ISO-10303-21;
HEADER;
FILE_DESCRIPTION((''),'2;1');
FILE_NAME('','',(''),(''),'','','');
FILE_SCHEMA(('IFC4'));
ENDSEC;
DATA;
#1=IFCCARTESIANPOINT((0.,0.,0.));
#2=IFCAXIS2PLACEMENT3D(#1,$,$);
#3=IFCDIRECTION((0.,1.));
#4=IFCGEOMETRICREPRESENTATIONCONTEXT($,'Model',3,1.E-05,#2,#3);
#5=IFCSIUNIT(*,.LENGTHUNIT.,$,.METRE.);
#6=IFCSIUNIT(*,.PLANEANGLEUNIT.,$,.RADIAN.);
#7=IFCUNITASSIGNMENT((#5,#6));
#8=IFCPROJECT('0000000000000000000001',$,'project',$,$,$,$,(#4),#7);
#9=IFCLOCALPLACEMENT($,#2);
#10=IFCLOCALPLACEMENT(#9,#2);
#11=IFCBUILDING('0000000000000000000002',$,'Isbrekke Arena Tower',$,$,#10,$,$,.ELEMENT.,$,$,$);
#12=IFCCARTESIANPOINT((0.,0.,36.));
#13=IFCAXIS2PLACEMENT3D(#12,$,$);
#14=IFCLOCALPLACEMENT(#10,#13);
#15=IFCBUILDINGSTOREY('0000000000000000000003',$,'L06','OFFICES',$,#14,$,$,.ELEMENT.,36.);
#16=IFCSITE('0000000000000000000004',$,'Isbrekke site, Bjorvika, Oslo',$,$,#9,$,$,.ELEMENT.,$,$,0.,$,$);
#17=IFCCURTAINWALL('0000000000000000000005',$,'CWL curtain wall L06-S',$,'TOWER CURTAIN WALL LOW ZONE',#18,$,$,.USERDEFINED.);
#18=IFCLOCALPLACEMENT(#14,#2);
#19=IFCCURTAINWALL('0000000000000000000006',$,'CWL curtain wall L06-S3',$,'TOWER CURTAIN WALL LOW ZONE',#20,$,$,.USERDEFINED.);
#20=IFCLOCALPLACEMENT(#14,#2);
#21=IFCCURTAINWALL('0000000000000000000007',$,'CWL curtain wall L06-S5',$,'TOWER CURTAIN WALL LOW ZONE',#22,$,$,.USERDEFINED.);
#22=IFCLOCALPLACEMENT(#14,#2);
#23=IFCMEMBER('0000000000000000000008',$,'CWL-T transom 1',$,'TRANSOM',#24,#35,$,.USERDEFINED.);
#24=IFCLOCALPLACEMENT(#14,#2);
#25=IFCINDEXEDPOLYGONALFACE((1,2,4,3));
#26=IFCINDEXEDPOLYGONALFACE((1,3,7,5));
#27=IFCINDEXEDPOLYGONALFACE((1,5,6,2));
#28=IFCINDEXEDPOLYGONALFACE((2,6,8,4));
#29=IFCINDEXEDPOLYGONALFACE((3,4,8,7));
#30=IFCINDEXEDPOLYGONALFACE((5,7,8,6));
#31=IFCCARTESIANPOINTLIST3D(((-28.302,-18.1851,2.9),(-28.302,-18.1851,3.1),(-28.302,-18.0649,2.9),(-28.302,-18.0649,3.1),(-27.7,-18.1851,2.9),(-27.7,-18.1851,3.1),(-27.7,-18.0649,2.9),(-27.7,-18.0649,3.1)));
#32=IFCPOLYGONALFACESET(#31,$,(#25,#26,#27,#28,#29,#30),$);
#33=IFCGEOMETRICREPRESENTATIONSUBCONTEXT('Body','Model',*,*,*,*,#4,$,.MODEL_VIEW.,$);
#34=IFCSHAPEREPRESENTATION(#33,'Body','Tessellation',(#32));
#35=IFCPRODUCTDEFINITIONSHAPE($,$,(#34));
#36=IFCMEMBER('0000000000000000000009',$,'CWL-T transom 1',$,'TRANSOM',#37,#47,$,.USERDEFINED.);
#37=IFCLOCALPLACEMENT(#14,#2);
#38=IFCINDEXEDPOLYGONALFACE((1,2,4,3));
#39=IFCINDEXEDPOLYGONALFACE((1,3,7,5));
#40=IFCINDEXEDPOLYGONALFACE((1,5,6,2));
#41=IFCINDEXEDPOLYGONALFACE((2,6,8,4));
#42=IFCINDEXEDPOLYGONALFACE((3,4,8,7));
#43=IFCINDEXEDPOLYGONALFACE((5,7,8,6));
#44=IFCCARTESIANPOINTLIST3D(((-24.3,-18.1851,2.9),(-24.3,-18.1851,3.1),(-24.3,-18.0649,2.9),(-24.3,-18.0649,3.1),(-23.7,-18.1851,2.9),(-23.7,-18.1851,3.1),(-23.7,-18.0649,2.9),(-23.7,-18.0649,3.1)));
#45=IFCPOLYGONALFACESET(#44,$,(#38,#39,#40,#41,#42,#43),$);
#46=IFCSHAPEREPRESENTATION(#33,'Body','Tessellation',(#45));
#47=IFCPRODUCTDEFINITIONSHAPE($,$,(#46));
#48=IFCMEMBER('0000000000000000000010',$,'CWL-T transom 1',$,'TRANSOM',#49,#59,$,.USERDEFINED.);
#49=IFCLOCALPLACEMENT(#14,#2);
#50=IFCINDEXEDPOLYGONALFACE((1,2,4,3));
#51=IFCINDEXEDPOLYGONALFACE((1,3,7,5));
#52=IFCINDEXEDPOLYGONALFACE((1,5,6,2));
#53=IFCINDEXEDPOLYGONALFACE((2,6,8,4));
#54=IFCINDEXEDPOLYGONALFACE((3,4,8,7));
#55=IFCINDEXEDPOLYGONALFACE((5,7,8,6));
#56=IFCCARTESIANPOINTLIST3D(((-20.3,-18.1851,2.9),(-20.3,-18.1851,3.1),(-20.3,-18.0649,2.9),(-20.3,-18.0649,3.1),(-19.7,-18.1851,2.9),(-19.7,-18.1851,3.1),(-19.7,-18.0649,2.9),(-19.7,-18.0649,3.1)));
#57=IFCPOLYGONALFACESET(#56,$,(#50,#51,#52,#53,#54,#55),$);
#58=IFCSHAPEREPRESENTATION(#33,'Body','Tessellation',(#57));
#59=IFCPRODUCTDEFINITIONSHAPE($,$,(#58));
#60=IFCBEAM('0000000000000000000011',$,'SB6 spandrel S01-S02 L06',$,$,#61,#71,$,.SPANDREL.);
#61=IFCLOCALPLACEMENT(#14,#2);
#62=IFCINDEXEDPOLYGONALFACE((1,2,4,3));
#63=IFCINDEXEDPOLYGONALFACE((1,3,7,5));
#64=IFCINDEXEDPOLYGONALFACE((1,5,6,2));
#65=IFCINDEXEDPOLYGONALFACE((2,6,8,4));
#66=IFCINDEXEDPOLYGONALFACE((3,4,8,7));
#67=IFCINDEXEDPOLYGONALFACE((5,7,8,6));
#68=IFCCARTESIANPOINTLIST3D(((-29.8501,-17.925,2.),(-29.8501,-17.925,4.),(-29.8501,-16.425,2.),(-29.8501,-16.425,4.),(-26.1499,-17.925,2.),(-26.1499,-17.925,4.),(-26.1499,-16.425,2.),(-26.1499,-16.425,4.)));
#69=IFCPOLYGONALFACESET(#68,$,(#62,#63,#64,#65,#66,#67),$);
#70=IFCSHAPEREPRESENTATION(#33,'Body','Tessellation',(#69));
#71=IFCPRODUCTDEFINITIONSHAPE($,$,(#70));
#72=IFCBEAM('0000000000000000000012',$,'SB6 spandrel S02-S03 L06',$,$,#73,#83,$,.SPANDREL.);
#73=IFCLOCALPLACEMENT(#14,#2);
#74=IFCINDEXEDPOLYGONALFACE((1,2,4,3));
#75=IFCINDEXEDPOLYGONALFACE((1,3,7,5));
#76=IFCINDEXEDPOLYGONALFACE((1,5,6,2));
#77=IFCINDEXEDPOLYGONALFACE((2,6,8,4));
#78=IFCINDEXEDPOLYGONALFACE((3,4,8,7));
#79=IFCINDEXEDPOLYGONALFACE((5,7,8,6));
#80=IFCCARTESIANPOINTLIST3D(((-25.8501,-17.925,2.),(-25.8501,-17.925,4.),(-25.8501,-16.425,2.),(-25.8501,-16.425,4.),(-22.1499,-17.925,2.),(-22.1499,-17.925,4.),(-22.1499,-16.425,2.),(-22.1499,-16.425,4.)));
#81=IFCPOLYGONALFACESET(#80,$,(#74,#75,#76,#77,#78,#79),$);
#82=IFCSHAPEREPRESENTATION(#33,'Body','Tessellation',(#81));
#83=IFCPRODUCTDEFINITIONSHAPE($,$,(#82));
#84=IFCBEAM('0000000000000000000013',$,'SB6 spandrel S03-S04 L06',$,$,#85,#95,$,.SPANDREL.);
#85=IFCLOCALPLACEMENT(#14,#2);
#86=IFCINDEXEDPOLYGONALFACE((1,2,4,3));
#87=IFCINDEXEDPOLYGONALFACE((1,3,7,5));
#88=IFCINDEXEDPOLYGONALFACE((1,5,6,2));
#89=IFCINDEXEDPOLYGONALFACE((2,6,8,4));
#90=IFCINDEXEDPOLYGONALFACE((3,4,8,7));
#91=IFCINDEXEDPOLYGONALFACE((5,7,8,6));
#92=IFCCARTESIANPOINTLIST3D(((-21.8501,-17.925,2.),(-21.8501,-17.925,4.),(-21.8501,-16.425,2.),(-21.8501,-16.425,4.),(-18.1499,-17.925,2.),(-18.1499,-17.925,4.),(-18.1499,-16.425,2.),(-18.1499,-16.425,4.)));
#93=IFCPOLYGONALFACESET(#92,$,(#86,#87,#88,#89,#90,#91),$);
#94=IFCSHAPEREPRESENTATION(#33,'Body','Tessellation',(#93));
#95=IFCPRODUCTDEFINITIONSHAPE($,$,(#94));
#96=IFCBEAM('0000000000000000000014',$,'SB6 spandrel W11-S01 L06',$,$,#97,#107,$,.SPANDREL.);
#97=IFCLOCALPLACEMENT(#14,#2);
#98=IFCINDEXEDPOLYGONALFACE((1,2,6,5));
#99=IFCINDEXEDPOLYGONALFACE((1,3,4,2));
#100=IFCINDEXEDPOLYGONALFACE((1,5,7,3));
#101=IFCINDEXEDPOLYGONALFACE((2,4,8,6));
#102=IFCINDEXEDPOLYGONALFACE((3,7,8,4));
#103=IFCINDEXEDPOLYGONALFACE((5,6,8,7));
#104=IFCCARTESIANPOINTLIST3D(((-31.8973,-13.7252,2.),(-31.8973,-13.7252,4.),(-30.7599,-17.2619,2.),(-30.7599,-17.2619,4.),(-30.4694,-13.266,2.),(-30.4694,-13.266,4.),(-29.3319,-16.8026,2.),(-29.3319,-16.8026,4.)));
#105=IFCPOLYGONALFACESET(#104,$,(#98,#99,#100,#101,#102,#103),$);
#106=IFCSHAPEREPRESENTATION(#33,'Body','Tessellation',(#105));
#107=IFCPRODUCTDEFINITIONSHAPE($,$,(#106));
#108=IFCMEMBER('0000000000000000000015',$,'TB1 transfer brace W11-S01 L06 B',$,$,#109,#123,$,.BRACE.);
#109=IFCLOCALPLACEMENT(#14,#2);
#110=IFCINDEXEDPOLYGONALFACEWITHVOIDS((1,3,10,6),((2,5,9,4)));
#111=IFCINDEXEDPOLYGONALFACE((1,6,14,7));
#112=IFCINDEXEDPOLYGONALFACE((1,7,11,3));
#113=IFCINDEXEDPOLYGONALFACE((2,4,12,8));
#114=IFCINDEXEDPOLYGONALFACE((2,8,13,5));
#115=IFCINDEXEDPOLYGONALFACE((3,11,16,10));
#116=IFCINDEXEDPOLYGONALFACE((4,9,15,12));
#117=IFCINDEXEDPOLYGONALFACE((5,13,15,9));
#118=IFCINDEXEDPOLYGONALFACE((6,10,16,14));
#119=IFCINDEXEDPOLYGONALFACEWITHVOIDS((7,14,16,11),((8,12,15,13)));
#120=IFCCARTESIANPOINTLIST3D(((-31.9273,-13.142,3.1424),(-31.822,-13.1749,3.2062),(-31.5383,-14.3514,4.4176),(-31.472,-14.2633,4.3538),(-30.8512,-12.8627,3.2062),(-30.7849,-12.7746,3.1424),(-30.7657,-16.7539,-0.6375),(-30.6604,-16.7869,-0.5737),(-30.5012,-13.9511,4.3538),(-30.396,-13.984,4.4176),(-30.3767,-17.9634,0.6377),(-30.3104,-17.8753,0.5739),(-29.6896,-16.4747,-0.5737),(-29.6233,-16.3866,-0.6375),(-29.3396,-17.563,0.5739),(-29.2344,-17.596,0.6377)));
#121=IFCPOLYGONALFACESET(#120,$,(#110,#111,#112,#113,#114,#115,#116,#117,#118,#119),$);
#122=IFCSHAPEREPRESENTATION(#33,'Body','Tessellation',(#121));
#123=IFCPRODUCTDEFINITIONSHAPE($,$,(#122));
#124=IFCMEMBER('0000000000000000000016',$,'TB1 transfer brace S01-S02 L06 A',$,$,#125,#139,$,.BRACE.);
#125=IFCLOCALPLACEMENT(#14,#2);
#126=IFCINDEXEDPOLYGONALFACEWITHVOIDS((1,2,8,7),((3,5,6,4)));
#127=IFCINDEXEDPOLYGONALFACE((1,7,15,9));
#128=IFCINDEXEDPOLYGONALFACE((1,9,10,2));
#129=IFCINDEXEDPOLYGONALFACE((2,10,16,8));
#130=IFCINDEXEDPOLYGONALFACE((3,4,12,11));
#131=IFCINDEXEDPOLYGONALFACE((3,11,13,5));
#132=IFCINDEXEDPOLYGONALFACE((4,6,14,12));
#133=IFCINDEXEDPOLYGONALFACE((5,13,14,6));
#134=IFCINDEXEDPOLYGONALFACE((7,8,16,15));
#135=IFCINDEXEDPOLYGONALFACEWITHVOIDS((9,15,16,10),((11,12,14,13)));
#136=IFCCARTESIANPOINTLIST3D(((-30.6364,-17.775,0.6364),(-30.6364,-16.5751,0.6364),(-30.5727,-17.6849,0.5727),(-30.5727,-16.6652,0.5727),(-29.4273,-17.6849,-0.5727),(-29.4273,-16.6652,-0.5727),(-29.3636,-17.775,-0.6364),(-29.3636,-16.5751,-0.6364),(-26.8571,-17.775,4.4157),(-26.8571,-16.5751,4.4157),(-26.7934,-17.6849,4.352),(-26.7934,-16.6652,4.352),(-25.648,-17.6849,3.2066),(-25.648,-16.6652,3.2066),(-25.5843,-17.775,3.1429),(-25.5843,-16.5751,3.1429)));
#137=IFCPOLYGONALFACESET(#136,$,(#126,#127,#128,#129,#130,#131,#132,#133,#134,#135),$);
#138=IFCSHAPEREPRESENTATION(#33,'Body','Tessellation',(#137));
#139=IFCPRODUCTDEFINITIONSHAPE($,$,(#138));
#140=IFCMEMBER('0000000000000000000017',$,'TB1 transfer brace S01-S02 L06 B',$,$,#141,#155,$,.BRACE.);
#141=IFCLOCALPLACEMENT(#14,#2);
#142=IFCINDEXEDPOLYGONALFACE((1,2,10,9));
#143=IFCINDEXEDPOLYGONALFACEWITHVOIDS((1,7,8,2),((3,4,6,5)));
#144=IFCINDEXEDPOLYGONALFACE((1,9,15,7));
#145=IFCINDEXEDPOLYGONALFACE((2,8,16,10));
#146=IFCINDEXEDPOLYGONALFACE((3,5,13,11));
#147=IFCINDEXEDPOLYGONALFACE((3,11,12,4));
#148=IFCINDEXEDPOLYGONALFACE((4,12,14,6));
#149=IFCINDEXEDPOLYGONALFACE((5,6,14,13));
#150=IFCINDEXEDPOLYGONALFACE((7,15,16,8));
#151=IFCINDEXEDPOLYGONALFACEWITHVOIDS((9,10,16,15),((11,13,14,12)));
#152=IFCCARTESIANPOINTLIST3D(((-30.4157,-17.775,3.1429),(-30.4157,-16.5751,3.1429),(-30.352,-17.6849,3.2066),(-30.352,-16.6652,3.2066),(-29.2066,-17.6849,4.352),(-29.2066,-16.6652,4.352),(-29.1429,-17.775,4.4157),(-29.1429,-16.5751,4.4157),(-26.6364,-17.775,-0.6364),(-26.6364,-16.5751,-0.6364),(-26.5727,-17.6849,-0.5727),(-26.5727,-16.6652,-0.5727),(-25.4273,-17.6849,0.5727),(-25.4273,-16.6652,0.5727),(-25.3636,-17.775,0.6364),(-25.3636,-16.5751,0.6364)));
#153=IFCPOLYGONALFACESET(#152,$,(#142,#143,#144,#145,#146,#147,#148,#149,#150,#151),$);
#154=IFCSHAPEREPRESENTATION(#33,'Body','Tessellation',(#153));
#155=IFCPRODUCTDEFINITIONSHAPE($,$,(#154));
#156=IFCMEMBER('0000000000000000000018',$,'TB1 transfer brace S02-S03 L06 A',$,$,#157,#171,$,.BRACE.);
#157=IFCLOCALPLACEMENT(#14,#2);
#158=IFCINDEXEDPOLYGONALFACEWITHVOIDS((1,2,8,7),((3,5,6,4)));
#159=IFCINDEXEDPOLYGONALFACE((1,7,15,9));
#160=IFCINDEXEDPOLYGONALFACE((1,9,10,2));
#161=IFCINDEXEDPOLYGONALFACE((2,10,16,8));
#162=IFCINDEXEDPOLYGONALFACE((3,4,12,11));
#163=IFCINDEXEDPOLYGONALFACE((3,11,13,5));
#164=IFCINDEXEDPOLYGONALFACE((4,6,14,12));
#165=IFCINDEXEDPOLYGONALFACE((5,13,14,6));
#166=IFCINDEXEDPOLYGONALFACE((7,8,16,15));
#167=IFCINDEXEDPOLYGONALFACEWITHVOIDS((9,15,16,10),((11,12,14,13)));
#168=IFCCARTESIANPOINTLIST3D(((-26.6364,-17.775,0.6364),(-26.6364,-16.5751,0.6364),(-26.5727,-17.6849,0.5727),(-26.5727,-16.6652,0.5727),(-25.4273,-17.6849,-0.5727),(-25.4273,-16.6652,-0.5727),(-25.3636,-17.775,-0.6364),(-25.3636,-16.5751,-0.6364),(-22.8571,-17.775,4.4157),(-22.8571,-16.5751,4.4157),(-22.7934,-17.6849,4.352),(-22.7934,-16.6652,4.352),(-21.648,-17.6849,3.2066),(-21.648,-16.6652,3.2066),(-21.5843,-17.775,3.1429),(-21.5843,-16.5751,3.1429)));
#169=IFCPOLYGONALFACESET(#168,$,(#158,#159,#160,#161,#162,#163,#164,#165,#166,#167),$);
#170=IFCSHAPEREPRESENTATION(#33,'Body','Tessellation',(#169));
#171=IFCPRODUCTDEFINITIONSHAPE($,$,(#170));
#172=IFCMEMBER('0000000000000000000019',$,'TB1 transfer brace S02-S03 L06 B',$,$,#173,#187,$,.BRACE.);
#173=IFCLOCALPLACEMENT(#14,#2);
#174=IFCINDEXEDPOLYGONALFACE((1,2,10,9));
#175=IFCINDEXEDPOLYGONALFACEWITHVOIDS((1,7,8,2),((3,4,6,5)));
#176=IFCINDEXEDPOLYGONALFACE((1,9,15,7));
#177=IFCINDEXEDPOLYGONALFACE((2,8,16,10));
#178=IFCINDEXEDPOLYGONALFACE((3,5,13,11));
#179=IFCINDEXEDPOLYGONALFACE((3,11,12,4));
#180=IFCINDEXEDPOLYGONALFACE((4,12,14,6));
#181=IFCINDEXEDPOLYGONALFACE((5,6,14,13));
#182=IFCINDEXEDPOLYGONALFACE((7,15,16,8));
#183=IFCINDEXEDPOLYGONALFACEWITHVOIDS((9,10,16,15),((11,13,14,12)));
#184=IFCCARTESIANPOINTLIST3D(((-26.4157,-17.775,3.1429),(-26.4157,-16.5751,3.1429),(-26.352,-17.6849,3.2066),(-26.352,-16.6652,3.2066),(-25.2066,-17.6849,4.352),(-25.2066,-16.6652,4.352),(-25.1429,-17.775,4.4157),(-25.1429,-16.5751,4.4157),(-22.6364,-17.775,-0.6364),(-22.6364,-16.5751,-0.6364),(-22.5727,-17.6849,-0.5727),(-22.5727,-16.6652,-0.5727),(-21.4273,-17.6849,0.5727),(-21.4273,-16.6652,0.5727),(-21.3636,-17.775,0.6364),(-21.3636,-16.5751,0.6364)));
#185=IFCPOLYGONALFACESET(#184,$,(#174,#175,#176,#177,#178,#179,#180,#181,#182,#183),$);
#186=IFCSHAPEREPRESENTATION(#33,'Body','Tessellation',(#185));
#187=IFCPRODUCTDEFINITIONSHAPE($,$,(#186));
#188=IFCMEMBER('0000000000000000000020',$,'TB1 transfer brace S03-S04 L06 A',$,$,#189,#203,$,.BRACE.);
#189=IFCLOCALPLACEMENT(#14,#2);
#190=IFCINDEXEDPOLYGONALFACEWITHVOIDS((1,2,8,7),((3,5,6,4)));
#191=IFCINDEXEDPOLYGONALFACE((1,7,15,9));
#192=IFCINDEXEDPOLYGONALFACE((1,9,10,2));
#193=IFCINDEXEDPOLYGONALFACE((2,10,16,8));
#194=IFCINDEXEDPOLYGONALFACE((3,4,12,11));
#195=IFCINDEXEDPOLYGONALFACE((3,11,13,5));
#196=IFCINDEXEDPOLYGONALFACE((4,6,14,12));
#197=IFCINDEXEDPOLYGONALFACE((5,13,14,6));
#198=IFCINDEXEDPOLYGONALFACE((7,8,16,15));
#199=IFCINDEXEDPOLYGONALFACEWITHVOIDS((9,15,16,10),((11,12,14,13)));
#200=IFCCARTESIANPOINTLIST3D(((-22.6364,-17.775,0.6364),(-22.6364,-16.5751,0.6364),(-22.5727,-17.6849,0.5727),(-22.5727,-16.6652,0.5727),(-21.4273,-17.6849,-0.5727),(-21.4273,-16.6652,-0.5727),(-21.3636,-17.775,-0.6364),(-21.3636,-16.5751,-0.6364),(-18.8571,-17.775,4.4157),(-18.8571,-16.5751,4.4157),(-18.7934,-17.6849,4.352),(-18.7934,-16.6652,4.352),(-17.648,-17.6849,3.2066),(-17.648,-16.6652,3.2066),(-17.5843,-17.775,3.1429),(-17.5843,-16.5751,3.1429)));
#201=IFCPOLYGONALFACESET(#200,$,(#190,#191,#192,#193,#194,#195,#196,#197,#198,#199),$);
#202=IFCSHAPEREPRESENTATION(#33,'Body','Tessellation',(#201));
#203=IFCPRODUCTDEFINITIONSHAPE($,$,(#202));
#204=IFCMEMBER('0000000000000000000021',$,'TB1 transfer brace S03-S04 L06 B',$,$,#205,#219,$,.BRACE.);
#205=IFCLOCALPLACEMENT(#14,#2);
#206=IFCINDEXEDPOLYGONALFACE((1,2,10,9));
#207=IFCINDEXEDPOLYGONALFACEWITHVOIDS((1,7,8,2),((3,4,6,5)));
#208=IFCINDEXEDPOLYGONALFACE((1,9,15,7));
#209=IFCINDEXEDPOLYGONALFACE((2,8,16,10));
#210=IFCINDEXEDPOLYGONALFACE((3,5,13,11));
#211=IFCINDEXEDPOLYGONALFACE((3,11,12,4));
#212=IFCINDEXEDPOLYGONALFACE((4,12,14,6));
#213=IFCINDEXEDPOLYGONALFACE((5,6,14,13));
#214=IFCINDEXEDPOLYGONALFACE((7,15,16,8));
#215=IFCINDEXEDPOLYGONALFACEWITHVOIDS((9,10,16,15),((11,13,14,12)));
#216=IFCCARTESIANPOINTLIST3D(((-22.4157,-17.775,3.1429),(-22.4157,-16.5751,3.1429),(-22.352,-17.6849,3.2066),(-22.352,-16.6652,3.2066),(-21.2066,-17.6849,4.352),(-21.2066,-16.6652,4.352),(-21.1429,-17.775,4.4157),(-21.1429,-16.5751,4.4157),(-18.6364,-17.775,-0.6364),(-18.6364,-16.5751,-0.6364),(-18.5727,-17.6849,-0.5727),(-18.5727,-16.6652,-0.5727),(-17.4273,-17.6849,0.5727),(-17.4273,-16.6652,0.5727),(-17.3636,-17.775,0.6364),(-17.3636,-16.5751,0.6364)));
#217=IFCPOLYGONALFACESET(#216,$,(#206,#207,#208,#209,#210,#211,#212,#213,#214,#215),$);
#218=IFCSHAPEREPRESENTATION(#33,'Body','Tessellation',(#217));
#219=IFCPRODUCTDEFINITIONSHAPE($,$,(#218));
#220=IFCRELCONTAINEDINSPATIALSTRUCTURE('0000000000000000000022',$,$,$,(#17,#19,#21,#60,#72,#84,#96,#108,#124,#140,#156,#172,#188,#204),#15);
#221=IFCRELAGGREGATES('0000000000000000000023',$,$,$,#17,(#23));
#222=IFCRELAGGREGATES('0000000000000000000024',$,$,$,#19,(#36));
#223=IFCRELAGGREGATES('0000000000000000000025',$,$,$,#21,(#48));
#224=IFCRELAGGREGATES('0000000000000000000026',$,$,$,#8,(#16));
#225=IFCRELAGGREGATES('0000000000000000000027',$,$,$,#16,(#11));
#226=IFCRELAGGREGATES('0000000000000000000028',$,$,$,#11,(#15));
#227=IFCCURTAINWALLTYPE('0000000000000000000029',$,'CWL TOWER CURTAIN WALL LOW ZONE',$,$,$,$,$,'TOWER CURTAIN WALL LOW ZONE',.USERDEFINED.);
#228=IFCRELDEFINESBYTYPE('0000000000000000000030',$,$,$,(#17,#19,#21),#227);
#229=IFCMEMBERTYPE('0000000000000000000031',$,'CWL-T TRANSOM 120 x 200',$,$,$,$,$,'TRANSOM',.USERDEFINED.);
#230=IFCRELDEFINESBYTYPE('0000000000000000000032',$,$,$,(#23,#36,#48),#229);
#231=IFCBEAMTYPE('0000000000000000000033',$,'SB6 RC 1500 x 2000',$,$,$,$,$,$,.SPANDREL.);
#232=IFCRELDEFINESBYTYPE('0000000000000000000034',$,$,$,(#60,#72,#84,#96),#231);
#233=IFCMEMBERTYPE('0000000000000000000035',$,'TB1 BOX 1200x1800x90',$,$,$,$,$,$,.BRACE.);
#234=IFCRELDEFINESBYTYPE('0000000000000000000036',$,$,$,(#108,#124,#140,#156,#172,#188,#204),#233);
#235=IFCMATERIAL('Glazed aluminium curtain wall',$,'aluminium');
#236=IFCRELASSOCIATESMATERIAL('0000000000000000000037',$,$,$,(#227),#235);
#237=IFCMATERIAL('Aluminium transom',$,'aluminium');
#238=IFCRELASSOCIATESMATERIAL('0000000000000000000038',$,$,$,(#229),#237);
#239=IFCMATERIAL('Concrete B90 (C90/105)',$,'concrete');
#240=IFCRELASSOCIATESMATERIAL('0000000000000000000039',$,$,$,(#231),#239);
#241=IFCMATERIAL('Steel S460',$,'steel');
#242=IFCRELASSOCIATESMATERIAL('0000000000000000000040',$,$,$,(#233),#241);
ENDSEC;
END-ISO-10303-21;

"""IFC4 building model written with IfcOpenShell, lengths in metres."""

from ifc_helpers import new_model, si_unit, direction, frame, origin, origin_2d, place, context, subcontext, project, spatial, rectangle, hollow_rectangle, extrude, material, material_profile, profile_set, type_object, element, aggregate, save


model = new_model("IFC4")

# Units and contexts
model_context = context("Model", 3, precision=1e-05, world=origin(), true_north=direction((0.0, 1.0)))
body_context = subcontext(model_context, "Body", "Model", "MODEL_VIEW")
ifc_project = project(units=[si_unit("LENGTHUNIT", "METRE"), si_unit("PLANEANGLEUNIT", "RADIAN")], contexts=[model_context])

# Site, building, storey
site_placement = place(None, origin())
site = spatial("IfcSite", under=ifc_project, at=site_placement, Name="Isbrekke site, Bjorvika, Oslo", CompositionType="ELEMENT", RefElevation=0.0)
building_placement = place(site_placement, origin())
building = spatial("IfcBuilding", under=site, at=building_placement, Name="Isbrekke Arena Tower", CompositionType="ELEMENT")
storey_placement = place(building_placement, frame((0.0, 0.0, 36.0)))
storey = spatial("IfcBuildingStorey", under=building, at=storey_placement, Name="L06", Description="OFFICES", CompositionType="ELEMENT", Elevation=36.0)

# Curtain walls
ifc_material_1 = material(Name="Glazed aluminium curtain wall", Category="aluminium")
curtain_wall_type = type_object("IfcCurtainWallType", Name="CWL TOWER CURTAIN WALL LOW ZONE", ElementType="TOWER CURTAIN WALL LOW ZONE", PredefinedType="USERDEFINED", material=ifc_material_1)
curtain_wall_1_placement = place(storey_placement, origin())
curtain_wall_1 = element("IfcCurtainWall", 1, at=curtain_wall_1_placement, inside=storey, type_object=curtain_wall_type, Name="CWL curtain wall L06-S", ObjectType="TOWER CURTAIN WALL LOW ZONE", PredefinedType="USERDEFINED")
curtain_wall_2_placement = place(storey_placement, origin())
curtain_wall_2 = element("IfcCurtainWall", 2, at=curtain_wall_2_placement, inside=storey, type_object=curtain_wall_type, Name="CWL curtain wall L06-S3", ObjectType="TOWER CURTAIN WALL LOW ZONE", PredefinedType="USERDEFINED")

# Curtain wall
curtain_wall_3_placement = place(storey_placement, origin())
curtain_wall_3 = element("IfcCurtainWall", 3, at=curtain_wall_3_placement, inside=storey, type_object=curtain_wall_type, Name="CWL curtain wall L06-S5", ObjectType="TOWER CURTAIN WALL LOW ZONE", PredefinedType="USERDEFINED")

# Members
ifc_material_2 = material(Name="Aluminium transom", Category="aluminium")
ifc_material_profile_1 = material_profile(ifc_material_2, rectangle(XDim=0.1201, YDim=0.2, at=origin_2d()), Name="TRANSOM 120X200")
ifc_profile_set_1 = profile_set([ifc_material_profile_1], Name="Aluminium transom")
member_type_1 = type_object("IfcMemberType", Name="CWL-T TRANSOM 120 x 200", ElementType="TRANSOM", PredefinedType="USERDEFINED", material=ifc_profile_set_1)
member_1_placement = place(storey_placement, frame((-28.302, -18.125, 3.0), z_axis=(1.0, 0.0, 0.0), x_axis=(0.0, 1.0, 0.0)))
member_1 = element("IfcMember", 4, at=member_1_placement, type_object=member_type_1, Name="CWL-T transom 1", ObjectType="TRANSOM", PredefinedType="USERDEFINED", context=body_context, shape_type="SweptSolid", body=[
    extrude(rectangle(XDim=0.1201, YDim=0.2, at=origin_2d()), origin(), (0.0, 0.0, 1.0), 0.6021),
])
member_2_placement = place(storey_placement, frame((-24.3, -18.125, 3.0), z_axis=(1.0, 0.0, 0.0), x_axis=(0.0, 1.0, 0.0)))
member_2 = element("IfcMember", 5, at=member_2_placement, type_object=member_type_1, Name="CWL-T transom 1", ObjectType="TRANSOM", PredefinedType="USERDEFINED", context=body_context, shape_type="SweptSolid", body=[
    extrude(rectangle(XDim=0.1201, YDim=0.2, at=origin_2d()), origin(), (0.0, 0.0, 1.0), 0.6001),
])
member_3_placement = place(storey_placement, frame((-20.3, -18.125, 3.0), z_axis=(1.0, 0.0, 0.0), x_axis=(0.0, 1.0, 0.0)))
member_3 = element("IfcMember", 6, at=member_3_placement, type_object=member_type_1, Name="CWL-T transom 1", ObjectType="TRANSOM", PredefinedType="USERDEFINED", context=body_context, shape_type="SweptSolid", body=[
    extrude(rectangle(XDim=0.1201, YDim=0.2, at=origin_2d()), origin(), (0.0, 0.0, 1.0), 0.6001),
])

# Beams
ifc_material_3 = material(Name="Concrete B90 (C90/105)", Category="concrete")
ifc_material_profile_2 = material_profile(ifc_material_3, rectangle(XDim=1.5, YDim=2.0, at=origin_2d()), Name="RC 1500x2000")
ifc_profile_set_2 = profile_set([ifc_material_profile_2], Name="Concrete B90 (C90/105)")
beam_type_1 = type_object("IfcBeamType", Name="SB6 RC 1500 x 2000", PredefinedType="SPANDREL", material=ifc_profile_set_2)
for number, where, z_axis, x_axis, name in (
    (7, (-29.8501, -17.175, 3.0), (1.0, 0.0, 0.0), (0.0, 1.0, 0.0), "SB6 spandrel S01-S02 L06"),
    (8, (-25.8501, -17.175, 3.0), (1.0, 0.0, 0.0), (0.0, 1.0, 0.0), "SB6 spandrel S02-S03 L06"),
    (9, (-21.8501, -17.175, 3.0), (1.0, 0.0, 0.0), (0.0, 1.0, 0.0), "SB6 spandrel S03-S04 L06"),
):
    element("IfcBeam", number, at=place(storey_placement, frame(where, z_axis=z_axis, x_axis=x_axis)), inside=storey, type_object=beam_type_1, Name=name, PredefinedType="SPANDREL", context=body_context, shape_type="SweptSolid", body=[
        extrude(rectangle(XDim=1.5, YDim=2.0, at=origin_2d()), origin(), (0.0, 0.0, 1.0), 3.7002),
    ])
beam_placement = place(storey_placement, frame((-31.1833, -13.4956, 3.0), z_axis=(0.306175, -0.951975, 0.0), x_axis=(0.951975, 0.306175, 0.0)))
element("IfcBeam", 10, at=beam_placement, inside=storey, type_object=beam_type_1, Name="SB6 spandrel W11-S01 L06", PredefinedType="SPANDREL", context=body_context, shape_type="SweptSolid", body=[
    extrude(rectangle(XDim=1.5, YDim=2.0, at=origin_2d()), origin(), (0.0, 0.0, 1.0), 3.7151),
])

# Members
ifc_material_4 = material(Name="Steel S460", Category="steel")
ifc_material_profile_3 = material_profile(ifc_material_4, hollow_rectangle(XDim=1.2, YDim=1.8, WallThickness=0.0901, at=origin_2d()), Name="BOX 1200x1800x90")
ifc_profile_set_3 = profile_set([ifc_material_profile_3], Name="Steel S460")
member_type_2 = type_object("IfcMemberType", Name="TB1 BOX 1200x1800x90", PredefinedType="BRACE", material=ifc_profile_set_3)
member_4_placement = place(storey_placement, frame((-31.1616, -13.563, 3.78), z_axis=(0.216889, -0.674416, -0.705778), x_axis=(0.951982, 0.306153, 0.0)))
element("IfcMember", 11, at=member_4_placement, inside=storey, type_object=member_type_2, Name="TB1 transfer brace W11-S01 L06 B", PredefinedType="BRACE", context=body_context, shape_type="SweptSolid", body=[
    extrude(hollow_rectangle(XDim=1.2, YDim=1.8, WallThickness=0.0901, at=origin_2d()), origin(), (0.0, 0.0, 1.0), 5.3557),
])
for number, where, z_axis, x_axis, name in (
    (12, (-30.0, -17.175, 0.0), (0.707107, 0.0, 0.707107), (0.0, 1.0, 0.0), "TB1 transfer brace S01-S02 L06 A"),
    (13, (-29.7793, -17.175, 3.7793), (0.707107, 0.0, -0.707107), (0.0, 1.0, 0.0), "TB1 transfer brace S01-S02 L06 B"),
    (14, (-26.0, -17.175, 0.0), (0.707107, 0.0, 0.707107), (0.0, 1.0, 0.0), "TB1 transfer brace S02-S03 L06 A"),
    (15, (-25.7793, -17.175, 3.7793), (0.707107, 0.0, -0.707107), (0.0, 1.0, 0.0), "TB1 transfer brace S02-S03 L06 B"),
    (16, (-22.0, -17.175, 0.0), (0.707107, 0.0, 0.707107), (0.0, 1.0, 0.0), "TB1 transfer brace S03-S04 L06 A"),
    (17, (-21.7793, -17.175, 3.7793), (0.707107, 0.0, -0.707107), (0.0, 1.0, 0.0), "TB1 transfer brace S03-S04 L06 B"),
):
    element("IfcMember", number, at=place(storey_placement, frame(where, z_axis=z_axis, x_axis=x_axis)), inside=storey, type_object=member_type_2, Name=name, PredefinedType="BRACE", context=body_context, shape_type="SweptSolid", body=[
        extrude(hollow_rectangle(XDim=1.2, YDim=1.8, WallThickness=0.0901, at=origin_2d()), origin(), (0.0, 0.0, 1.0), 5.3447),
    ])

aggregate(curtain_wall_1, [member_1])
aggregate(curtain_wall_2, [member_2])
aggregate(curtain_wall_3, [member_3])

save(model, "model.ifc")
